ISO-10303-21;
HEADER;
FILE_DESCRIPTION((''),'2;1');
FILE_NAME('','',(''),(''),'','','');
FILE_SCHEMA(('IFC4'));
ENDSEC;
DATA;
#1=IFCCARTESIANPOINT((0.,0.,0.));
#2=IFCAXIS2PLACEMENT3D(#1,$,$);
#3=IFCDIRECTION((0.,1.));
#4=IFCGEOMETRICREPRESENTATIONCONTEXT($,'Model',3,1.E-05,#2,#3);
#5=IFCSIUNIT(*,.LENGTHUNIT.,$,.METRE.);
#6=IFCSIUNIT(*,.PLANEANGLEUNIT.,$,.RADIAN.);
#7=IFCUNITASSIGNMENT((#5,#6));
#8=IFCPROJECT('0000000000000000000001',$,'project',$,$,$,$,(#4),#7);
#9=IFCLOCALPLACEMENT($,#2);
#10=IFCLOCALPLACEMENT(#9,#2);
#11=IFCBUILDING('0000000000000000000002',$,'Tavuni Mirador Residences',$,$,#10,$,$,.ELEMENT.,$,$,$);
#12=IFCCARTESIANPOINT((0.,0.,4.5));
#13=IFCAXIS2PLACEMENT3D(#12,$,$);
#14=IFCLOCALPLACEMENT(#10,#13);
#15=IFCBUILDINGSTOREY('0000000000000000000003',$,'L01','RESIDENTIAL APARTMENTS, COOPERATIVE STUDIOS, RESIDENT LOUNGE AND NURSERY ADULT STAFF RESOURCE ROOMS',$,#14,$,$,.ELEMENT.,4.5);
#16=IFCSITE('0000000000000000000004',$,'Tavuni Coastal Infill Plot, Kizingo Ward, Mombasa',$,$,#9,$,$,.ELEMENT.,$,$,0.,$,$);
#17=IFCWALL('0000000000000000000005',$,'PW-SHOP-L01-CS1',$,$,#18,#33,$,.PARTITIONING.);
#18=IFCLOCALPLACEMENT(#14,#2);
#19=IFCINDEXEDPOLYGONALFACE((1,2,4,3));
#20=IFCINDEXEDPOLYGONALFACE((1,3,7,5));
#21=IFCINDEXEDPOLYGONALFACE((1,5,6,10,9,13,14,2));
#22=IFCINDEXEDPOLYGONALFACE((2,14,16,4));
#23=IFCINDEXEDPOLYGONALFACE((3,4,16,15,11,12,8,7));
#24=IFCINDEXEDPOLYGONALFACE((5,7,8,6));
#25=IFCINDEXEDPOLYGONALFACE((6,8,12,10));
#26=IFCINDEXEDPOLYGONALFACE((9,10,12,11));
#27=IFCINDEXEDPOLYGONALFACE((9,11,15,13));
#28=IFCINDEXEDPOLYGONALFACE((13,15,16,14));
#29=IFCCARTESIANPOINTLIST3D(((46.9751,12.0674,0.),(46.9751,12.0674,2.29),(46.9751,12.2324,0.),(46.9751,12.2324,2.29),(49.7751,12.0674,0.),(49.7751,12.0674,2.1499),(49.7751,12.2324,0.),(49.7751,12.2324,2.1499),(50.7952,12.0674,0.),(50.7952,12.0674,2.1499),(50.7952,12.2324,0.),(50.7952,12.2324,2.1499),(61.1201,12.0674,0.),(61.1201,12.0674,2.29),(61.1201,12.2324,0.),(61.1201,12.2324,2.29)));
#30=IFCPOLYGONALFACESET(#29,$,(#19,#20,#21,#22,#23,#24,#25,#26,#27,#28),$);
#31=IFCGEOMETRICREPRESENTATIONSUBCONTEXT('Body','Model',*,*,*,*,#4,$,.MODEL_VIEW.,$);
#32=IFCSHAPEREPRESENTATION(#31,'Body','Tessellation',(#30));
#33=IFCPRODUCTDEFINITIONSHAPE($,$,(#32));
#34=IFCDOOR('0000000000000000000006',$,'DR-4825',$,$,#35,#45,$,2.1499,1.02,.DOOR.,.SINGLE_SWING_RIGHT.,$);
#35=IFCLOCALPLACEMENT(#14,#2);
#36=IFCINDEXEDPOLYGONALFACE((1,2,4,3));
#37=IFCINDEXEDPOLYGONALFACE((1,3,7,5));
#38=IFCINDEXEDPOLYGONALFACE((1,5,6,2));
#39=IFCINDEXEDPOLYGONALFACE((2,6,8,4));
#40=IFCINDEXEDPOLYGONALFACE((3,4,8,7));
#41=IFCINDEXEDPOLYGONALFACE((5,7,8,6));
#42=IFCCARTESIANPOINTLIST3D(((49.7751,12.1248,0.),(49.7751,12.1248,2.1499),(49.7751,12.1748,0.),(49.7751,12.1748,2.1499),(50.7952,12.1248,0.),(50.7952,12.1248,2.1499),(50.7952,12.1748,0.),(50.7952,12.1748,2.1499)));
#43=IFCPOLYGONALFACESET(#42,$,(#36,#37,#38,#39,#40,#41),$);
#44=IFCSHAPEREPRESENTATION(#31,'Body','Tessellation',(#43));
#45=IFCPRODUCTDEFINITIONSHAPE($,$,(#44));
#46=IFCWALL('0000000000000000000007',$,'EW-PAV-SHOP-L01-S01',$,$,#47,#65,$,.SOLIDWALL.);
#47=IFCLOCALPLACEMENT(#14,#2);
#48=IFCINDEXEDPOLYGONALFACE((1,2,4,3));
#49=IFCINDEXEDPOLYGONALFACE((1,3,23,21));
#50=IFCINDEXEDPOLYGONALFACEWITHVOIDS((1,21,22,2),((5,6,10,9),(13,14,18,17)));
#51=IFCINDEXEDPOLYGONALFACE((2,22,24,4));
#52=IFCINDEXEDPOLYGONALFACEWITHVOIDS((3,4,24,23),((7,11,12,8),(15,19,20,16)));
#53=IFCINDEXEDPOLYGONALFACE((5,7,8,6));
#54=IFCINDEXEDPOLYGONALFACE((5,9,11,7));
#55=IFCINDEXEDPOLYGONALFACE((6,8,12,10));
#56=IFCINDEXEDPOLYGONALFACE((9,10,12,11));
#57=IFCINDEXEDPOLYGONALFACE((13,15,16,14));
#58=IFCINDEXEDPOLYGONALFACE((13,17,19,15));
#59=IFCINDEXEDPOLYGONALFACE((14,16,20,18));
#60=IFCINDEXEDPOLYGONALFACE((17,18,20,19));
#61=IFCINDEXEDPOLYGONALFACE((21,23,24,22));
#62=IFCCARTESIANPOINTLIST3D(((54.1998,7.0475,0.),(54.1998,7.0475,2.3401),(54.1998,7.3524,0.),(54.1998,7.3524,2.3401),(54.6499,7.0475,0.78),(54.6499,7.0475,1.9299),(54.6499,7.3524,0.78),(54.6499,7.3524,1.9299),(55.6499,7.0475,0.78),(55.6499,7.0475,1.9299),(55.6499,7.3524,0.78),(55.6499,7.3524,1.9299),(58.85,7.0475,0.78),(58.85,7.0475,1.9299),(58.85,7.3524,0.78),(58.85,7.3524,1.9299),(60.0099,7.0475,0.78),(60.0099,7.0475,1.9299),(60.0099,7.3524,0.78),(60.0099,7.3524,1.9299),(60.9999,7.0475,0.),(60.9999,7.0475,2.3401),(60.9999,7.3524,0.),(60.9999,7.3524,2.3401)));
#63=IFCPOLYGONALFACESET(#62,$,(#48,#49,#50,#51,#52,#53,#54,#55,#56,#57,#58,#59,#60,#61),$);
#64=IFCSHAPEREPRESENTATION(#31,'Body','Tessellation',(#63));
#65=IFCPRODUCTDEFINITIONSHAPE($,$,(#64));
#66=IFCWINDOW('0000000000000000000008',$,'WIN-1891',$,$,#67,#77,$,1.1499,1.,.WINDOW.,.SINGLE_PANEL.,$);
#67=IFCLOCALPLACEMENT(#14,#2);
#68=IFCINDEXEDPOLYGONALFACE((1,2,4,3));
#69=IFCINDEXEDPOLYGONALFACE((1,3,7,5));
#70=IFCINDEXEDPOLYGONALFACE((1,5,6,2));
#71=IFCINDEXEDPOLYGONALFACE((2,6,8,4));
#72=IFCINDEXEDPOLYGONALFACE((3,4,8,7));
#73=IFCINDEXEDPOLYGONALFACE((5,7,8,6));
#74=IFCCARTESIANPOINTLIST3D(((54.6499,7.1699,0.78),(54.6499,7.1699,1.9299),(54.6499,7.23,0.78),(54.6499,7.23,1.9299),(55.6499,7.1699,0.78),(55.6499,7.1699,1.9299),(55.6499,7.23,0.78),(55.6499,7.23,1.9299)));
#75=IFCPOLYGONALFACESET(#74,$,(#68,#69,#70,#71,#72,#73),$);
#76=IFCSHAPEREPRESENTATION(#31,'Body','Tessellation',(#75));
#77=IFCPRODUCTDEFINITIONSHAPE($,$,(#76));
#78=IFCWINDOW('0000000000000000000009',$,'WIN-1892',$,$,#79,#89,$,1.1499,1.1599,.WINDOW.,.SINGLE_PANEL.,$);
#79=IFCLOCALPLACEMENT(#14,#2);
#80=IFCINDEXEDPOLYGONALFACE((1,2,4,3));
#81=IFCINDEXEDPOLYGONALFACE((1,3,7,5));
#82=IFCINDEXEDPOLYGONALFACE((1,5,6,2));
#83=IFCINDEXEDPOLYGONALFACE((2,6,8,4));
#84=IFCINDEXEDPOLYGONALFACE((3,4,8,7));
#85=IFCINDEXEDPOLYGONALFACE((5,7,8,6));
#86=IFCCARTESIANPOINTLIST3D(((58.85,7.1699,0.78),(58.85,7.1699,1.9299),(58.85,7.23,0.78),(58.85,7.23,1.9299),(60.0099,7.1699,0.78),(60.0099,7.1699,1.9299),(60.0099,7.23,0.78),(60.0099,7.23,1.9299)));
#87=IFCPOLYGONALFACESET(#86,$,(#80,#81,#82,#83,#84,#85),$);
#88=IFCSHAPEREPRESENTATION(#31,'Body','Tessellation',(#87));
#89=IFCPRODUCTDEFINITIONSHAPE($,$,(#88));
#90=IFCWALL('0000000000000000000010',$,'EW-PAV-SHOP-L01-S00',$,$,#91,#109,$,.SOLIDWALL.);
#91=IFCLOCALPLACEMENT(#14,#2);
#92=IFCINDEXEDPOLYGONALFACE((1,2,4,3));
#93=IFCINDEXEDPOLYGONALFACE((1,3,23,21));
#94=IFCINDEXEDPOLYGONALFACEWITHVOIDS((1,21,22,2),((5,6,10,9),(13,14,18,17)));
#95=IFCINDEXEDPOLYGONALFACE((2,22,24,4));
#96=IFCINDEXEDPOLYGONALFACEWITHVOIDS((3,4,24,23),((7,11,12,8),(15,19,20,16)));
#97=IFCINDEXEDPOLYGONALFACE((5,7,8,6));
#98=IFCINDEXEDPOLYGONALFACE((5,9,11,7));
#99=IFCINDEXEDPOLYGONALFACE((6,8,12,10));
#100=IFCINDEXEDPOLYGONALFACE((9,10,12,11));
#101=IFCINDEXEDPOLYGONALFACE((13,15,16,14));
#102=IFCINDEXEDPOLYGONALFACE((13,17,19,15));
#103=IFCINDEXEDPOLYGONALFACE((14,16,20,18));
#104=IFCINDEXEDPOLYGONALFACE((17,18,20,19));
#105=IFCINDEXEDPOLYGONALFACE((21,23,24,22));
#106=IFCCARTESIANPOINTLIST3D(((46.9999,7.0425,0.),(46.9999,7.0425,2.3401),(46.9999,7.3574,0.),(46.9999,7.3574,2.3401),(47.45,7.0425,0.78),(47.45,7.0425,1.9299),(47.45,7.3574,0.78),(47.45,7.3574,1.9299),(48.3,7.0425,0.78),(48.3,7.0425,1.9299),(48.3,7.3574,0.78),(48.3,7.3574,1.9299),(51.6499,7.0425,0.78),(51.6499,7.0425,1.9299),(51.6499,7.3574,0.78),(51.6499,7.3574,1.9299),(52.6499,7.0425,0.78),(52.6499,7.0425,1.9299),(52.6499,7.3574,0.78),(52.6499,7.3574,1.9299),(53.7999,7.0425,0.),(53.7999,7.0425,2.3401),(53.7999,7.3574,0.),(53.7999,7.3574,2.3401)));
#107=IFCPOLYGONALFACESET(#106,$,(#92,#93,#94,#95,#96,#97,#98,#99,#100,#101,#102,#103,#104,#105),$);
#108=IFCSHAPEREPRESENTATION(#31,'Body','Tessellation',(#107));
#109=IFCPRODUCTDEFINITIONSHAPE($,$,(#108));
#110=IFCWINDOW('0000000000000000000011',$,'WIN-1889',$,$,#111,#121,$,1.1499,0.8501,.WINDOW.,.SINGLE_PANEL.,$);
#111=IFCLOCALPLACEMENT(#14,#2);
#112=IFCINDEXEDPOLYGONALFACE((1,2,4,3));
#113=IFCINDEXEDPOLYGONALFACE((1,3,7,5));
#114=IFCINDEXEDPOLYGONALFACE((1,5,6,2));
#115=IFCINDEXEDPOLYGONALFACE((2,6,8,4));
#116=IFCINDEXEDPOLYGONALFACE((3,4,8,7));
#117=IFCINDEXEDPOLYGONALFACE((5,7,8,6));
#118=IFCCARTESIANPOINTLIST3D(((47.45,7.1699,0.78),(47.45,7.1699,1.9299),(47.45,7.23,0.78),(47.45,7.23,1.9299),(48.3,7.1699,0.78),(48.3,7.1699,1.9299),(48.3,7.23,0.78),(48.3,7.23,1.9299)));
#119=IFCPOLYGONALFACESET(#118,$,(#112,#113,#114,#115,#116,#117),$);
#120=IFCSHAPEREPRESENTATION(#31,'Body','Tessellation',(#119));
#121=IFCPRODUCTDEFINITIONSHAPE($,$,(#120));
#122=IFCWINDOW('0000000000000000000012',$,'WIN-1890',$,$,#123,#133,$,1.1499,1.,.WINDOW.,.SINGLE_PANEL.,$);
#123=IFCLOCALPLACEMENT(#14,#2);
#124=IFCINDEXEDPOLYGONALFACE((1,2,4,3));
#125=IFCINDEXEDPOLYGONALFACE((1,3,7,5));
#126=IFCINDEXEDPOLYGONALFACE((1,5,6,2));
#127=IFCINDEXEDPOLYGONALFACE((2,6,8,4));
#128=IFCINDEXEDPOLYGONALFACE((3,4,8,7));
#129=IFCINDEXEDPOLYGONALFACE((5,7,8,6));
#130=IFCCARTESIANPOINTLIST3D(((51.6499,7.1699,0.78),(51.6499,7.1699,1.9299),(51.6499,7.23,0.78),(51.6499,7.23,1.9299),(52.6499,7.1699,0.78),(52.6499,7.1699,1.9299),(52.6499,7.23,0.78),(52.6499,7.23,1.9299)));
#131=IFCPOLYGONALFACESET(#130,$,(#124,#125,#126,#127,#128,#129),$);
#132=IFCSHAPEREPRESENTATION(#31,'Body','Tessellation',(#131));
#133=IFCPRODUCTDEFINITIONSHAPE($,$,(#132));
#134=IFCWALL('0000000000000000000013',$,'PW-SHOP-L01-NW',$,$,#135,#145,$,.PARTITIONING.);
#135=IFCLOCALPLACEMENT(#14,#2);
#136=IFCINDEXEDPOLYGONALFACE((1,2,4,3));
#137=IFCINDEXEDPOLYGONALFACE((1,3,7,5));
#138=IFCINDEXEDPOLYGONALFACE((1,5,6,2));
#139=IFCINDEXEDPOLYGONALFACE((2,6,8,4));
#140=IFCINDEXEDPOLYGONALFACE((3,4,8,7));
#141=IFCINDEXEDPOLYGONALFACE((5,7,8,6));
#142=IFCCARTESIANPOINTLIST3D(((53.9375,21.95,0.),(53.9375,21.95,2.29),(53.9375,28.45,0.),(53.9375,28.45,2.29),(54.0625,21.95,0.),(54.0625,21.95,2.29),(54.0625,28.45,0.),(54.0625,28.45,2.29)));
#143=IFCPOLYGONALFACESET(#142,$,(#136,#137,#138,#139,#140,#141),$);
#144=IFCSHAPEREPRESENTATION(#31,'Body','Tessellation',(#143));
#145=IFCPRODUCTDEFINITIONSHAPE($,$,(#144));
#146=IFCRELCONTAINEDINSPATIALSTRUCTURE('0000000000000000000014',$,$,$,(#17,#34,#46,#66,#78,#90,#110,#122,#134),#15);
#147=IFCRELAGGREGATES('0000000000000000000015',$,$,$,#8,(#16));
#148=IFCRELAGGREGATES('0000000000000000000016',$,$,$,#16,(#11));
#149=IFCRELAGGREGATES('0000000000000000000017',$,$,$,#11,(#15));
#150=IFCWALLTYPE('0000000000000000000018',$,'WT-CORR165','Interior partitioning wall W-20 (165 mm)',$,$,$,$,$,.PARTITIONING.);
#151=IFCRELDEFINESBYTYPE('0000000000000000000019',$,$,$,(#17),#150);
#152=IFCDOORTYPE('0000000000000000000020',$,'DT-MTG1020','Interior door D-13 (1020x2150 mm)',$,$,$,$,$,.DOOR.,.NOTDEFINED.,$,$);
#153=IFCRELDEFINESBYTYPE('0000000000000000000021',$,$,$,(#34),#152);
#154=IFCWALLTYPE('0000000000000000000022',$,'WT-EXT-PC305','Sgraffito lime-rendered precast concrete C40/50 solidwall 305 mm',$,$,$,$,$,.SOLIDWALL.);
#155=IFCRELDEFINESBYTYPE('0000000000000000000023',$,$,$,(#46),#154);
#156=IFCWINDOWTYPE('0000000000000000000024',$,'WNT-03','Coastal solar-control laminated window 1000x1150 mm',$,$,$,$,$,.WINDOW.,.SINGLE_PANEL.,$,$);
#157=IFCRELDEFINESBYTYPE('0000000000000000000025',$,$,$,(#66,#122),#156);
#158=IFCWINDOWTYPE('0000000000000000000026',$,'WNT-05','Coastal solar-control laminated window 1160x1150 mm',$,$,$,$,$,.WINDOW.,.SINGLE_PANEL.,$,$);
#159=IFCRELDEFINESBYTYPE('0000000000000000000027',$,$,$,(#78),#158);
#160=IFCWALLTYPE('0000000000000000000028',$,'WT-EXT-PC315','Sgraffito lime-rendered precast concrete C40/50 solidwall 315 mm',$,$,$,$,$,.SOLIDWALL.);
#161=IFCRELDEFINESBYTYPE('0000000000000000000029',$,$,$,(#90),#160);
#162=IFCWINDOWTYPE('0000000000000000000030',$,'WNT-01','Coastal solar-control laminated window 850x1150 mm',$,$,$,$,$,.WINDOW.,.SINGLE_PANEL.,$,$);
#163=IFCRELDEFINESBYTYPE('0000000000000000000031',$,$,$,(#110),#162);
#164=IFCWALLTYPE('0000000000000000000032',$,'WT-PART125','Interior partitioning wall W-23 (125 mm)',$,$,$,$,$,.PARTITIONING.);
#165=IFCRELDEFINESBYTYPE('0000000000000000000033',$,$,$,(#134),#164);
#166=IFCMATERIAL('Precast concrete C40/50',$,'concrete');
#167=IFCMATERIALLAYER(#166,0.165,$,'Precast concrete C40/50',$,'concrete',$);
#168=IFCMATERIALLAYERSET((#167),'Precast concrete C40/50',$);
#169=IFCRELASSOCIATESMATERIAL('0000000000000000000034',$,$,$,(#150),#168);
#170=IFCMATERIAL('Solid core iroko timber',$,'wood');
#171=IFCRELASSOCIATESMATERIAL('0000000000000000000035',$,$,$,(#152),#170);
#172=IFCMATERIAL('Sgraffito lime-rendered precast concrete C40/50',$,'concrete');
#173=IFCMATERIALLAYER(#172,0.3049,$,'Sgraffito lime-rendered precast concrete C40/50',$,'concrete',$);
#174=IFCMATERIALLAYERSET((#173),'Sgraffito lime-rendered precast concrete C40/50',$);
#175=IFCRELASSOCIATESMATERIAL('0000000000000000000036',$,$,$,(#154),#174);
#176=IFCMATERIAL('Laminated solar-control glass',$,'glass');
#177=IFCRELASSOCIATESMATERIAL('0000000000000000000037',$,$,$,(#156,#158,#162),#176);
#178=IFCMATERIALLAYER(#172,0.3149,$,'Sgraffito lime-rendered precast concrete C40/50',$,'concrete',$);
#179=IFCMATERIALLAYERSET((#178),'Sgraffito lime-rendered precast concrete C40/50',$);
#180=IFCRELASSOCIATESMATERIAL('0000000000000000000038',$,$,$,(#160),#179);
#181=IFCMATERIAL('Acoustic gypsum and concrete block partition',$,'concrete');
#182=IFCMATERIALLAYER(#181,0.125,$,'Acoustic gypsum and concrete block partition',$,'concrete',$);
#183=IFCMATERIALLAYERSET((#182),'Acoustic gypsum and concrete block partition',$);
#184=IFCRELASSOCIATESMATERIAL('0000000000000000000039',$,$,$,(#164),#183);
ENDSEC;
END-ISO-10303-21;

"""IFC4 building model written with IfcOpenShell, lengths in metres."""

from ifc_helpers import new_model, si_unit, direction, frame, frame_2d, origin, place, context, subcontext, project, spatial, rectangle, extrude, material, layer, layer_set, type_object, element, fill, save


model = new_model("IFC4")

# Units and contexts
model_context = context("Model", 3, precision=1e-05, world=origin(), true_north=direction((0.0, 1.0)))
body_context = subcontext(model_context, "Body", "Model", "MODEL_VIEW")
ifc_project = project(units=[si_unit("LENGTHUNIT", "METRE"), si_unit("PLANEANGLEUNIT", "RADIAN")], contexts=[model_context])

# Site, building, storey
site_placement = place(None, origin())
site = spatial("IfcSite", under=ifc_project, at=site_placement, Name="Tavuni Coastal Infill Plot, Kizingo Ward, Mombasa", CompositionType="ELEMENT", RefElevation=0.0)
building_placement = place(site_placement, origin())
building = spatial("IfcBuilding", under=site, at=building_placement, Name="Tavuni Mirador Residences", CompositionType="ELEMENT")
storey_placement = place(building_placement, frame((0.0, 0.0, 4.5)))
storey = spatial("IfcBuildingStorey", under=building, at=storey_placement, Name="L01", Description="RESIDENTIAL APARTMENTS, COOPERATIVE STUDIOS, RESIDENT LOUNGE AND NURSERY ADULT STAFF RESOURCE ROOMS", CompositionType="ELEMENT", Elevation=4.5)

# Shared definitions
ifc_material_1 = material(Name="Precast concrete C40/50", Category="concrete")

# Shared definitions
ifc_material_2 = material(Name="Solid core iroko timber", Category="wood")

# Wall, opening, door
ifc_layer_1 = layer(ifc_material_1, 0.165, Name="Precast concrete C40/50", Category="concrete")
ifc_layer_set_1 = layer_set([ifc_layer_1], Name="Precast concrete C40/50")
wall_type_1 = type_object("IfcWallType", Name="WT-CORR165", Description="Interior partitioning wall W-20 (165 mm)", PredefinedType="PARTITIONING", material=ifc_layer_set_1)
wall_1_placement = place(storey_placement, frame((46.9751, 12.1499, 0.0), z_axis=(0.0, 0.0, 1.0), x_axis=(1.0, 0.0, 0.0)))
wall_1 = element("IfcWall", 1, at=wall_1_placement, inside=storey, type_object=wall_type_1, Name="PW-SHOP-L01-CS1", PredefinedType="PARTITIONING", context=body_context, shape_type="SweptSolid", body=[
    extrude(rectangle(XDim=14.145, YDim=0.165, at=frame_2d((7.0725, 0.0))), origin(), (0.0, 0.0, 1.0), 2.29),
])
opening_1_placement = place(wall_1_placement, frame((2.8, 0.0, 0.0)))
opening_1 = element("IfcOpeningElement", 2, at=opening_1_placement, cuts=wall_1, PredefinedType="OPENING", context=body_context, shape_type="SweptSolid", body=[
    extrude(rectangle(XDim=1.02, YDim=2.1499, at=frame_2d((0.51, 1.075))), frame((0.0, 0.0925, 0.0), z_axis=(0.0, -1.0, 0.0), x_axis=(1.0, 0.0, 0.0)), (0.0, 0.0, 1.0), 0.1851),
])
door_type_1 = type_object("IfcDoorType", Name="DT-MTG1020", Description="Interior door D-13 (1020x2150 mm)", OperationType="NOTDEFINED", PredefinedType="DOOR", material=ifc_material_2)
door_1_placement = place(opening_1_placement, origin())
door_1 = element("IfcDoor", 3, at=door_1_placement, inside=storey, type_object=door_type_1, Name="DR-4825", OperationType="SINGLE_SWING_RIGHT", OverallHeight=2.1499, OverallWidth=1.02, PredefinedType="DOOR", context=body_context, shape_type="SweptSolid", body=[
    extrude(rectangle(XDim=1.02, YDim=2.1499, at=frame_2d((0.51, 1.075))), frame((0.0, 0.0249, 0.0), z_axis=(0.0, -1.0, 0.0), x_axis=(1.0, 0.0, 0.0)), (0.0, 0.0, 1.0), 0.05),
])
fill(opening_1, door_1)

# Walls, openings, windows
ifc_material_3 = material(Name="Sgraffito lime-rendered precast concrete C40/50", Category="concrete")
ifc_layer_2 = layer(ifc_material_3, 0.3049, Name="Sgraffito lime-rendered precast concrete C40/50", Category="concrete")
ifc_layer_set_2 = layer_set([ifc_layer_2], Name="Sgraffito lime-rendered precast concrete C40/50")
wall_type_2 = type_object("IfcWallType", Name="WT-EXT-PC305", Description="Sgraffito lime-rendered precast concrete C40/50 solidwall 305 mm", PredefinedType="SOLIDWALL", material=ifc_layer_set_2)
wall_2_placement = place(storey_placement, frame((54.2, 7.2, 0.0), z_axis=(0.0, 0.0, 1.0), x_axis=(1.0, 0.0, 0.0)))
wall_2 = element("IfcWall", 4, at=wall_2_placement, inside=storey, type_object=wall_type_2, Name="EW-PAV-SHOP-L01-S01", PredefinedType="SOLIDWALL", context=body_context, shape_type="SweptSolid", body=[
    extrude(rectangle(XDim=6.8, YDim=0.3049, at=frame_2d((3.3999, 0.0))), origin(), (0.0, 0.0, 1.0), 2.3401),
])
opening_2_placement = place(wall_2_placement, frame((0.45, 0.0, 0.78)))
opening_2 = element("IfcOpeningElement", 5, at=opening_2_placement, cuts=wall_2, PredefinedType="OPENING", context=body_context, shape_type="SweptSolid", body=[
    extrude(rectangle(XDim=1.0, YDim=1.1499, at=frame_2d((0.5, 0.575))), frame((0.0, 0.1626, 0.0), z_axis=(0.0, -1.0, 0.0), x_axis=(1.0, 0.0, 0.0)), (0.0, 0.0, 1.0), 0.325),
])
opening_3_placement = place(wall_2_placement, frame((4.6499, 0.0, 0.78)))
opening_3 = element("IfcOpeningElement", 6, at=opening_3_placement, cuts=wall_2, PredefinedType="OPENING", context=body_context, shape_type="SweptSolid", body=[
    extrude(rectangle(XDim=1.1599, YDim=1.1499, at=frame_2d((0.5801, 0.575))), frame((0.0, 0.1626, 0.0), z_axis=(0.0, -1.0, 0.0), x_axis=(1.0, 0.0, 0.0)), (0.0, 0.0, 1.0), 0.325),
])
ifc_material_4 = material(Name="Laminated solar-control glass", Category="glass")
window_type_1 = type_object("IfcWindowType", Name="WNT-03", Description="Coastal solar-control laminated window 1000x1150 mm", PartitioningType="SINGLE_PANEL", PredefinedType="WINDOW", material=ifc_material_4)
window_1_placement = place(opening_2_placement, origin())
window_1 = element("IfcWindow", 7, at=window_1_placement, inside=storey, type_object=window_type_1, Name="WIN-1891", OverallHeight=1.1499, OverallWidth=1.0, PartitioningType="SINGLE_PANEL", PredefinedType="WINDOW", context=body_context, shape_type="SweptSolid", body=[
    extrude(rectangle(XDim=1.0, YDim=1.1499, at=frame_2d((0.5, 0.575))), frame((0.0, 0.03, 0.0), z_axis=(0.0, -1.0, 0.0), x_axis=(1.0, 0.0, 0.0)), (0.0, 0.0, 1.0), 0.0601),
])
fill(opening_2, window_1)
window_type_2 = type_object("IfcWindowType", Name="WNT-05", Description="Coastal solar-control laminated window 1160x1150 mm", PartitioningType="SINGLE_PANEL", PredefinedType="WINDOW", material=ifc_material_4)
window_2_placement = place(opening_3_placement, origin())
window_2 = element("IfcWindow", 8, at=window_2_placement, inside=storey, type_object=window_type_2, Name="WIN-1892", OverallHeight=1.1499, OverallWidth=1.1599, PartitioningType="SINGLE_PANEL", PredefinedType="WINDOW", context=body_context, shape_type="SweptSolid", body=[
    extrude(rectangle(XDim=1.1599, YDim=1.1499, at=frame_2d((0.5801, 0.575))), frame((0.0, 0.03, 0.0), z_axis=(0.0, -1.0, 0.0), x_axis=(1.0, 0.0, 0.0)), (0.0, 0.0, 1.0), 0.0601),
])
fill(opening_3, window_2)
ifc_layer_3 = layer(ifc_material_3, 0.3149, Name="Sgraffito lime-rendered precast concrete C40/50", Category="concrete")
ifc_layer_set_3 = layer_set([ifc_layer_3], Name="Sgraffito lime-rendered precast concrete C40/50")
wall_type_3 = type_object("IfcWallType", Name="WT-EXT-PC315", Description="Sgraffito lime-rendered precast concrete C40/50 solidwall 315 mm", PredefinedType="SOLIDWALL", material=ifc_layer_set_3)
wall_3_placement = place(storey_placement, frame((47.0, 7.2, 0.0), z_axis=(0.0, 0.0, 1.0), x_axis=(1.0, 0.0, 0.0)))
wall_3 = element("IfcWall", 9, at=wall_3_placement, inside=storey, type_object=wall_type_3, Name="EW-PAV-SHOP-L01-S00", PredefinedType="SOLIDWALL", context=body_context, shape_type="SweptSolid", body=[
    extrude(rectangle(XDim=6.8, YDim=0.3149, at=frame_2d((3.3999, 0.0))), origin(), (0.0, 0.0, 1.0), 2.3401),
])
opening_4_placement = place(wall_3_placement, frame((0.45, 0.0, 0.78)))
opening_4 = element("IfcOpeningElement", 10, at=opening_4_placement, cuts=wall_3, PredefinedType="OPENING", context=body_context, shape_type="SweptSolid", body=[
    extrude(rectangle(XDim=0.8501, YDim=1.1499, at=frame_2d((0.425, 0.575))), frame((0.0, 0.1675, 0.0), z_axis=(0.0, -1.0, 0.0), x_axis=(1.0, 0.0, 0.0)), (0.0, 0.0, 1.0), 0.335),
])
opening_5_placement = place(wall_3_placement, frame((4.6499, 0.0, 0.78)))
opening_5 = element("IfcOpeningElement", 11, at=opening_5_placement, cuts=wall_3, PredefinedType="OPENING", context=body_context, shape_type="SweptSolid", body=[
    extrude(rectangle(XDim=1.0, YDim=1.1499, at=frame_2d((0.5, 0.575))), frame((0.0, 0.1675, 0.0), z_axis=(0.0, -1.0, 0.0), x_axis=(1.0, 0.0, 0.0)), (0.0, 0.0, 1.0), 0.335),
])
window_type_3 = type_object("IfcWindowType", Name="WNT-01", Description="Coastal solar-control laminated window 850x1150 mm", PartitioningType="SINGLE_PANEL", PredefinedType="WINDOW", material=ifc_material_4)
window_3_placement = place(opening_4_placement, origin())
window_3 = element("IfcWindow", 12, at=window_3_placement, inside=storey, type_object=window_type_3, Name="WIN-1889", OverallHeight=1.1499, OverallWidth=0.8501, PartitioningType="SINGLE_PANEL", PredefinedType="WINDOW", context=body_context, shape_type="SweptSolid", body=[
    extrude(rectangle(XDim=0.8501, YDim=1.1499, at=frame_2d((0.425, 0.575))), frame((0.0, 0.03, 0.0), z_axis=(0.0, -1.0, 0.0), x_axis=(1.0, 0.0, 0.0)), (0.0, 0.0, 1.0), 0.0601),
])
fill(opening_4, window_3)
window_4_placement = place(opening_5_placement, origin())
window_4 = element("IfcWindow", 13, at=window_4_placement, inside=storey, type_object=window_type_1, Name="WIN-1890", OverallHeight=1.1499, OverallWidth=1.0, PartitioningType="SINGLE_PANEL", PredefinedType="WINDOW", context=body_context, shape_type="SweptSolid", body=[
    extrude(rectangle(XDim=1.0, YDim=1.1499, at=frame_2d((0.5, 0.575))), frame((0.0, 0.03, 0.0), z_axis=(0.0, -1.0, 0.0), x_axis=(1.0, 0.0, 0.0)), (0.0, 0.0, 1.0), 0.0601),
])
fill(opening_5, window_4)

# Wall
ifc_material_5 = material(Name="Acoustic gypsum and concrete block partition", Category="concrete")
ifc_layer_4 = layer(ifc_material_5, 0.125, Name="Acoustic gypsum and concrete block partition", Category="concrete")
ifc_layer_set_4 = layer_set([ifc_layer_4], Name="Acoustic gypsum and concrete block partition")
wall_type_4 = type_object("IfcWallType", Name="WT-PART125", Description="Interior partitioning wall W-23 (125 mm)", PredefinedType="PARTITIONING", material=ifc_layer_set_4)
wall_4_placement = place(storey_placement, frame((54.0, 21.95, 0.0), z_axis=(0.0, 0.0, 1.0), x_axis=(0.0, 1.0, 0.0)))
element("IfcWall", 14, at=wall_4_placement, inside=storey, type_object=wall_type_4, Name="PW-SHOP-L01-NW", PredefinedType="PARTITIONING", context=body_context, shape_type="SweptSolid", body=[
    extrude(rectangle(XDim=6.5, YDim=0.125, at=frame_2d((3.25, 0.0))), origin(), (0.0, 0.0, 1.0), 2.29),
])

save(model, "model.ifc")
